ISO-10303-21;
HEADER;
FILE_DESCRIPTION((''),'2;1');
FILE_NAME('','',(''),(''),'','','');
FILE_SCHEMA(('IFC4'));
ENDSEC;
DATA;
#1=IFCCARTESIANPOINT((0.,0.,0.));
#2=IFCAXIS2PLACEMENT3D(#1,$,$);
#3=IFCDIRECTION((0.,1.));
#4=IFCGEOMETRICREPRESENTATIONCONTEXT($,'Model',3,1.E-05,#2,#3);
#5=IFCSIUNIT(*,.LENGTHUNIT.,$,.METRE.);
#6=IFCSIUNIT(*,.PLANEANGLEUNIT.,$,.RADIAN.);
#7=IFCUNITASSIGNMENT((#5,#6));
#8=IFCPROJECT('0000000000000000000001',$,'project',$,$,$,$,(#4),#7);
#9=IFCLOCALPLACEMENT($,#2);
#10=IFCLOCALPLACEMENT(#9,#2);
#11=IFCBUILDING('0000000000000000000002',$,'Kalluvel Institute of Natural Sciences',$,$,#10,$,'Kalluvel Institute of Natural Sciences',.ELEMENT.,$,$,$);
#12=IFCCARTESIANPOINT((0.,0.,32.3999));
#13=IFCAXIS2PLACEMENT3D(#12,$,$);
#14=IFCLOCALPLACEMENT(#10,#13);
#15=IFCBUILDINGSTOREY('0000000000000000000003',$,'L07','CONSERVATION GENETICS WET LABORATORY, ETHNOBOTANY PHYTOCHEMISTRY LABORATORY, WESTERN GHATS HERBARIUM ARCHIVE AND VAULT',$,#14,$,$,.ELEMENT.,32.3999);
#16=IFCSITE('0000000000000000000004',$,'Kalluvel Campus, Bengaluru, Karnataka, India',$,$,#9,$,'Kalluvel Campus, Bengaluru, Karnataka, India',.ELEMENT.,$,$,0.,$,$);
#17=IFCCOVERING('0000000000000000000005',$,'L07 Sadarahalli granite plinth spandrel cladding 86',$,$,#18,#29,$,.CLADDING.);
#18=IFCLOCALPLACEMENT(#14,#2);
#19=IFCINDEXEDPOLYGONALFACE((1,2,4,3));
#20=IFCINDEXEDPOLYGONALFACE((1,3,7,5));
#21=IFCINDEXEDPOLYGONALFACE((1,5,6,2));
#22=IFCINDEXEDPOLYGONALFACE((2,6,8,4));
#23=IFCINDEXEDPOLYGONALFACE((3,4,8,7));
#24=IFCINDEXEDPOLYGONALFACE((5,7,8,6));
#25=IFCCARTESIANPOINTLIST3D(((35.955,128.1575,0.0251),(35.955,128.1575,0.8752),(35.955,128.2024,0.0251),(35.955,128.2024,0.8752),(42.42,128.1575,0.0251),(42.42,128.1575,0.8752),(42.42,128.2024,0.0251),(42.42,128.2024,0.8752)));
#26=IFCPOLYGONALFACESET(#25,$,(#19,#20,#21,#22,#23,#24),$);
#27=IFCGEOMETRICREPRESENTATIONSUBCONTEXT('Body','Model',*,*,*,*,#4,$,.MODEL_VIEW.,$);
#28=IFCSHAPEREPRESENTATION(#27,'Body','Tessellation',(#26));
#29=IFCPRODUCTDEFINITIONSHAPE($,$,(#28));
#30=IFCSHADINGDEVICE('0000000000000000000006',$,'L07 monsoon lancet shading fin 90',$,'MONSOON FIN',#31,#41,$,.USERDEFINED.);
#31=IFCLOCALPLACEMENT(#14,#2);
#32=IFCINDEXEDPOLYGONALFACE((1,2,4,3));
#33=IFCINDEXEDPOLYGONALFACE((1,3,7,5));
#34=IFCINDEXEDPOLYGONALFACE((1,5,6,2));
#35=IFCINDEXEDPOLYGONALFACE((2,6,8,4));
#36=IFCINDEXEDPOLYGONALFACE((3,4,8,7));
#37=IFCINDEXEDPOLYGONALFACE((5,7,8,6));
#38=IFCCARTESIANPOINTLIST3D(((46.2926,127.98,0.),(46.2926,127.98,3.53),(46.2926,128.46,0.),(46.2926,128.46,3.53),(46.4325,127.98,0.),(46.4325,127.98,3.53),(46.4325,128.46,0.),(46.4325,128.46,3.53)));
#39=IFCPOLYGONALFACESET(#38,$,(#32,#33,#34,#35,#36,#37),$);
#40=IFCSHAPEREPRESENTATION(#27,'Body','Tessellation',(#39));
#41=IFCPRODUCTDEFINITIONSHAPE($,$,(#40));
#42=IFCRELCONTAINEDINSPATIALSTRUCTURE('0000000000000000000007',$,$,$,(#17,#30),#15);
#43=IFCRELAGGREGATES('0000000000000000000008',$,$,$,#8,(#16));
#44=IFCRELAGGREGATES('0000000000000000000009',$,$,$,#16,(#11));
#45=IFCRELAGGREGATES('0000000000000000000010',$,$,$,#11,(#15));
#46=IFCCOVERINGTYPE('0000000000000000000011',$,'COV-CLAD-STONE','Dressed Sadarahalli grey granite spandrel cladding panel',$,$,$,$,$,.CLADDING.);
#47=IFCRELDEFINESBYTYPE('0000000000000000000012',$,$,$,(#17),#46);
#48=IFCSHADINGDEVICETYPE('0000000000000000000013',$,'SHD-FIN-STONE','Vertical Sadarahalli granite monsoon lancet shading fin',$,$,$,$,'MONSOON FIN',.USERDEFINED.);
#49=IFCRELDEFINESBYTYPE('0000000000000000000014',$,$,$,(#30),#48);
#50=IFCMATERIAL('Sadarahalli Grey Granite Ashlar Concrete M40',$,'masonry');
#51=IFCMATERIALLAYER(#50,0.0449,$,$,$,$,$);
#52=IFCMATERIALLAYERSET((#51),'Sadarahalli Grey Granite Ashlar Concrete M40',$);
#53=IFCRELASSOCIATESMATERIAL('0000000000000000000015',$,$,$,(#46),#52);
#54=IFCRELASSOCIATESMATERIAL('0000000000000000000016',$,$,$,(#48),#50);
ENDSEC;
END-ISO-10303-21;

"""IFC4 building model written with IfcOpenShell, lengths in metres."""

from ifc_helpers import new_model, si_unit, direction, frame, origin, origin_2d, place, context, subcontext, project, spatial, rectangle, extrude, material, layer, layer_set, type_object, element, save


model = new_model("IFC4")

# Units and contexts
model_context = context("Model", 3, precision=1e-05, world=origin(), true_north=direction((0.0, 1.0)))
body_context = subcontext(model_context, "Body", "Model", "MODEL_VIEW")
ifc_project = project(units=[si_unit("LENGTHUNIT", "METRE"), si_unit("PLANEANGLEUNIT", "RADIAN")], contexts=[model_context])

# Site, building, storey
site_placement = place(None, origin())
site = spatial("IfcSite", under=ifc_project, at=site_placement, Name="Kalluvel Campus, Bengaluru, Karnataka, India", LongName="Kalluvel Campus, Bengaluru, Karnataka, India", CompositionType="ELEMENT", RefElevation=0.0)
building_placement = place(site_placement, origin())
building = spatial("IfcBuilding", under=site, at=building_placement, Name="Kalluvel Institute of Natural Sciences", LongName="Kalluvel Institute of Natural Sciences", CompositionType="ELEMENT")
storey_placement = place(building_placement, frame((0.0, 0.0, 32.3999)))
storey = spatial("IfcBuildingStorey", under=building, at=storey_placement, Name="L07", Description="CONSERVATION GENETICS WET LABORATORY, ETHNOBOTANY PHYTOCHEMISTRY LABORATORY, WESTERN GHATS HERBARIUM ARCHIVE AND VAULT", CompositionType="ELEMENT", Elevation=32.3999)

# Covering
ifc_material_1 = material(Name="Sadarahalli Grey Granite Ashlar Concrete M40", Category="masonry")
ifc_layer_1 = layer(ifc_material_1, 0.0449)
ifc_layer_set_1 = layer_set([ifc_layer_1], Name="Sadarahalli Grey Granite Ashlar Concrete M40")
covering_type = type_object("IfcCoveringType", Name="COV-CLAD-STONE", Description="Dressed Sadarahalli grey granite spandrel cladding panel", PredefinedType="CLADDING", material=ifc_layer_set_1)
covering_placement = place(storey_placement, frame((39.1875, 128.1799, 0.0251), z_axis=(0.0, 0.0, 1.0), x_axis=(1.0, 0.0, 0.0)))
element("IfcCovering", 1, at=covering_placement, inside=storey, type_object=covering_type, Name="L07 Sadarahalli granite plinth spandrel cladding 86", PredefinedType="CLADDING", context=body_context, shape_type="SweptSolid", body=[
    extrude(rectangle(XDim=6.4651, YDim=0.0449, at=origin_2d()), origin(), (0.0, 0.0, 1.0), 0.8501),
])

# Shading device
shading_device_type = type_object("IfcShadingDeviceType", Name="SHD-FIN-STONE", Description="Vertical Sadarahalli granite monsoon lancet shading fin", ElementType="MONSOON FIN", PredefinedType="USERDEFINED", material=ifc_material_1)
shading_device_placement = place(storey_placement, frame((46.3625, 128.22, 0.0), z_axis=(0.0, 0.0, 1.0), x_axis=(1.0, 0.0, 0.0)))
element("IfcShadingDevice", 2, at=shading_device_placement, inside=storey, type_object=shading_device_type, Name="L07 monsoon lancet shading fin 90", ObjectType="MONSOON FIN", PredefinedType="USERDEFINED", context=body_context, shape_type="SweptSolid", body=[
    extrude(rectangle(XDim=0.1399, YDim=0.48, at=origin_2d()), origin(), (0.0, 0.0, 1.0), 3.53),
])

save(model, "model.ifc")
